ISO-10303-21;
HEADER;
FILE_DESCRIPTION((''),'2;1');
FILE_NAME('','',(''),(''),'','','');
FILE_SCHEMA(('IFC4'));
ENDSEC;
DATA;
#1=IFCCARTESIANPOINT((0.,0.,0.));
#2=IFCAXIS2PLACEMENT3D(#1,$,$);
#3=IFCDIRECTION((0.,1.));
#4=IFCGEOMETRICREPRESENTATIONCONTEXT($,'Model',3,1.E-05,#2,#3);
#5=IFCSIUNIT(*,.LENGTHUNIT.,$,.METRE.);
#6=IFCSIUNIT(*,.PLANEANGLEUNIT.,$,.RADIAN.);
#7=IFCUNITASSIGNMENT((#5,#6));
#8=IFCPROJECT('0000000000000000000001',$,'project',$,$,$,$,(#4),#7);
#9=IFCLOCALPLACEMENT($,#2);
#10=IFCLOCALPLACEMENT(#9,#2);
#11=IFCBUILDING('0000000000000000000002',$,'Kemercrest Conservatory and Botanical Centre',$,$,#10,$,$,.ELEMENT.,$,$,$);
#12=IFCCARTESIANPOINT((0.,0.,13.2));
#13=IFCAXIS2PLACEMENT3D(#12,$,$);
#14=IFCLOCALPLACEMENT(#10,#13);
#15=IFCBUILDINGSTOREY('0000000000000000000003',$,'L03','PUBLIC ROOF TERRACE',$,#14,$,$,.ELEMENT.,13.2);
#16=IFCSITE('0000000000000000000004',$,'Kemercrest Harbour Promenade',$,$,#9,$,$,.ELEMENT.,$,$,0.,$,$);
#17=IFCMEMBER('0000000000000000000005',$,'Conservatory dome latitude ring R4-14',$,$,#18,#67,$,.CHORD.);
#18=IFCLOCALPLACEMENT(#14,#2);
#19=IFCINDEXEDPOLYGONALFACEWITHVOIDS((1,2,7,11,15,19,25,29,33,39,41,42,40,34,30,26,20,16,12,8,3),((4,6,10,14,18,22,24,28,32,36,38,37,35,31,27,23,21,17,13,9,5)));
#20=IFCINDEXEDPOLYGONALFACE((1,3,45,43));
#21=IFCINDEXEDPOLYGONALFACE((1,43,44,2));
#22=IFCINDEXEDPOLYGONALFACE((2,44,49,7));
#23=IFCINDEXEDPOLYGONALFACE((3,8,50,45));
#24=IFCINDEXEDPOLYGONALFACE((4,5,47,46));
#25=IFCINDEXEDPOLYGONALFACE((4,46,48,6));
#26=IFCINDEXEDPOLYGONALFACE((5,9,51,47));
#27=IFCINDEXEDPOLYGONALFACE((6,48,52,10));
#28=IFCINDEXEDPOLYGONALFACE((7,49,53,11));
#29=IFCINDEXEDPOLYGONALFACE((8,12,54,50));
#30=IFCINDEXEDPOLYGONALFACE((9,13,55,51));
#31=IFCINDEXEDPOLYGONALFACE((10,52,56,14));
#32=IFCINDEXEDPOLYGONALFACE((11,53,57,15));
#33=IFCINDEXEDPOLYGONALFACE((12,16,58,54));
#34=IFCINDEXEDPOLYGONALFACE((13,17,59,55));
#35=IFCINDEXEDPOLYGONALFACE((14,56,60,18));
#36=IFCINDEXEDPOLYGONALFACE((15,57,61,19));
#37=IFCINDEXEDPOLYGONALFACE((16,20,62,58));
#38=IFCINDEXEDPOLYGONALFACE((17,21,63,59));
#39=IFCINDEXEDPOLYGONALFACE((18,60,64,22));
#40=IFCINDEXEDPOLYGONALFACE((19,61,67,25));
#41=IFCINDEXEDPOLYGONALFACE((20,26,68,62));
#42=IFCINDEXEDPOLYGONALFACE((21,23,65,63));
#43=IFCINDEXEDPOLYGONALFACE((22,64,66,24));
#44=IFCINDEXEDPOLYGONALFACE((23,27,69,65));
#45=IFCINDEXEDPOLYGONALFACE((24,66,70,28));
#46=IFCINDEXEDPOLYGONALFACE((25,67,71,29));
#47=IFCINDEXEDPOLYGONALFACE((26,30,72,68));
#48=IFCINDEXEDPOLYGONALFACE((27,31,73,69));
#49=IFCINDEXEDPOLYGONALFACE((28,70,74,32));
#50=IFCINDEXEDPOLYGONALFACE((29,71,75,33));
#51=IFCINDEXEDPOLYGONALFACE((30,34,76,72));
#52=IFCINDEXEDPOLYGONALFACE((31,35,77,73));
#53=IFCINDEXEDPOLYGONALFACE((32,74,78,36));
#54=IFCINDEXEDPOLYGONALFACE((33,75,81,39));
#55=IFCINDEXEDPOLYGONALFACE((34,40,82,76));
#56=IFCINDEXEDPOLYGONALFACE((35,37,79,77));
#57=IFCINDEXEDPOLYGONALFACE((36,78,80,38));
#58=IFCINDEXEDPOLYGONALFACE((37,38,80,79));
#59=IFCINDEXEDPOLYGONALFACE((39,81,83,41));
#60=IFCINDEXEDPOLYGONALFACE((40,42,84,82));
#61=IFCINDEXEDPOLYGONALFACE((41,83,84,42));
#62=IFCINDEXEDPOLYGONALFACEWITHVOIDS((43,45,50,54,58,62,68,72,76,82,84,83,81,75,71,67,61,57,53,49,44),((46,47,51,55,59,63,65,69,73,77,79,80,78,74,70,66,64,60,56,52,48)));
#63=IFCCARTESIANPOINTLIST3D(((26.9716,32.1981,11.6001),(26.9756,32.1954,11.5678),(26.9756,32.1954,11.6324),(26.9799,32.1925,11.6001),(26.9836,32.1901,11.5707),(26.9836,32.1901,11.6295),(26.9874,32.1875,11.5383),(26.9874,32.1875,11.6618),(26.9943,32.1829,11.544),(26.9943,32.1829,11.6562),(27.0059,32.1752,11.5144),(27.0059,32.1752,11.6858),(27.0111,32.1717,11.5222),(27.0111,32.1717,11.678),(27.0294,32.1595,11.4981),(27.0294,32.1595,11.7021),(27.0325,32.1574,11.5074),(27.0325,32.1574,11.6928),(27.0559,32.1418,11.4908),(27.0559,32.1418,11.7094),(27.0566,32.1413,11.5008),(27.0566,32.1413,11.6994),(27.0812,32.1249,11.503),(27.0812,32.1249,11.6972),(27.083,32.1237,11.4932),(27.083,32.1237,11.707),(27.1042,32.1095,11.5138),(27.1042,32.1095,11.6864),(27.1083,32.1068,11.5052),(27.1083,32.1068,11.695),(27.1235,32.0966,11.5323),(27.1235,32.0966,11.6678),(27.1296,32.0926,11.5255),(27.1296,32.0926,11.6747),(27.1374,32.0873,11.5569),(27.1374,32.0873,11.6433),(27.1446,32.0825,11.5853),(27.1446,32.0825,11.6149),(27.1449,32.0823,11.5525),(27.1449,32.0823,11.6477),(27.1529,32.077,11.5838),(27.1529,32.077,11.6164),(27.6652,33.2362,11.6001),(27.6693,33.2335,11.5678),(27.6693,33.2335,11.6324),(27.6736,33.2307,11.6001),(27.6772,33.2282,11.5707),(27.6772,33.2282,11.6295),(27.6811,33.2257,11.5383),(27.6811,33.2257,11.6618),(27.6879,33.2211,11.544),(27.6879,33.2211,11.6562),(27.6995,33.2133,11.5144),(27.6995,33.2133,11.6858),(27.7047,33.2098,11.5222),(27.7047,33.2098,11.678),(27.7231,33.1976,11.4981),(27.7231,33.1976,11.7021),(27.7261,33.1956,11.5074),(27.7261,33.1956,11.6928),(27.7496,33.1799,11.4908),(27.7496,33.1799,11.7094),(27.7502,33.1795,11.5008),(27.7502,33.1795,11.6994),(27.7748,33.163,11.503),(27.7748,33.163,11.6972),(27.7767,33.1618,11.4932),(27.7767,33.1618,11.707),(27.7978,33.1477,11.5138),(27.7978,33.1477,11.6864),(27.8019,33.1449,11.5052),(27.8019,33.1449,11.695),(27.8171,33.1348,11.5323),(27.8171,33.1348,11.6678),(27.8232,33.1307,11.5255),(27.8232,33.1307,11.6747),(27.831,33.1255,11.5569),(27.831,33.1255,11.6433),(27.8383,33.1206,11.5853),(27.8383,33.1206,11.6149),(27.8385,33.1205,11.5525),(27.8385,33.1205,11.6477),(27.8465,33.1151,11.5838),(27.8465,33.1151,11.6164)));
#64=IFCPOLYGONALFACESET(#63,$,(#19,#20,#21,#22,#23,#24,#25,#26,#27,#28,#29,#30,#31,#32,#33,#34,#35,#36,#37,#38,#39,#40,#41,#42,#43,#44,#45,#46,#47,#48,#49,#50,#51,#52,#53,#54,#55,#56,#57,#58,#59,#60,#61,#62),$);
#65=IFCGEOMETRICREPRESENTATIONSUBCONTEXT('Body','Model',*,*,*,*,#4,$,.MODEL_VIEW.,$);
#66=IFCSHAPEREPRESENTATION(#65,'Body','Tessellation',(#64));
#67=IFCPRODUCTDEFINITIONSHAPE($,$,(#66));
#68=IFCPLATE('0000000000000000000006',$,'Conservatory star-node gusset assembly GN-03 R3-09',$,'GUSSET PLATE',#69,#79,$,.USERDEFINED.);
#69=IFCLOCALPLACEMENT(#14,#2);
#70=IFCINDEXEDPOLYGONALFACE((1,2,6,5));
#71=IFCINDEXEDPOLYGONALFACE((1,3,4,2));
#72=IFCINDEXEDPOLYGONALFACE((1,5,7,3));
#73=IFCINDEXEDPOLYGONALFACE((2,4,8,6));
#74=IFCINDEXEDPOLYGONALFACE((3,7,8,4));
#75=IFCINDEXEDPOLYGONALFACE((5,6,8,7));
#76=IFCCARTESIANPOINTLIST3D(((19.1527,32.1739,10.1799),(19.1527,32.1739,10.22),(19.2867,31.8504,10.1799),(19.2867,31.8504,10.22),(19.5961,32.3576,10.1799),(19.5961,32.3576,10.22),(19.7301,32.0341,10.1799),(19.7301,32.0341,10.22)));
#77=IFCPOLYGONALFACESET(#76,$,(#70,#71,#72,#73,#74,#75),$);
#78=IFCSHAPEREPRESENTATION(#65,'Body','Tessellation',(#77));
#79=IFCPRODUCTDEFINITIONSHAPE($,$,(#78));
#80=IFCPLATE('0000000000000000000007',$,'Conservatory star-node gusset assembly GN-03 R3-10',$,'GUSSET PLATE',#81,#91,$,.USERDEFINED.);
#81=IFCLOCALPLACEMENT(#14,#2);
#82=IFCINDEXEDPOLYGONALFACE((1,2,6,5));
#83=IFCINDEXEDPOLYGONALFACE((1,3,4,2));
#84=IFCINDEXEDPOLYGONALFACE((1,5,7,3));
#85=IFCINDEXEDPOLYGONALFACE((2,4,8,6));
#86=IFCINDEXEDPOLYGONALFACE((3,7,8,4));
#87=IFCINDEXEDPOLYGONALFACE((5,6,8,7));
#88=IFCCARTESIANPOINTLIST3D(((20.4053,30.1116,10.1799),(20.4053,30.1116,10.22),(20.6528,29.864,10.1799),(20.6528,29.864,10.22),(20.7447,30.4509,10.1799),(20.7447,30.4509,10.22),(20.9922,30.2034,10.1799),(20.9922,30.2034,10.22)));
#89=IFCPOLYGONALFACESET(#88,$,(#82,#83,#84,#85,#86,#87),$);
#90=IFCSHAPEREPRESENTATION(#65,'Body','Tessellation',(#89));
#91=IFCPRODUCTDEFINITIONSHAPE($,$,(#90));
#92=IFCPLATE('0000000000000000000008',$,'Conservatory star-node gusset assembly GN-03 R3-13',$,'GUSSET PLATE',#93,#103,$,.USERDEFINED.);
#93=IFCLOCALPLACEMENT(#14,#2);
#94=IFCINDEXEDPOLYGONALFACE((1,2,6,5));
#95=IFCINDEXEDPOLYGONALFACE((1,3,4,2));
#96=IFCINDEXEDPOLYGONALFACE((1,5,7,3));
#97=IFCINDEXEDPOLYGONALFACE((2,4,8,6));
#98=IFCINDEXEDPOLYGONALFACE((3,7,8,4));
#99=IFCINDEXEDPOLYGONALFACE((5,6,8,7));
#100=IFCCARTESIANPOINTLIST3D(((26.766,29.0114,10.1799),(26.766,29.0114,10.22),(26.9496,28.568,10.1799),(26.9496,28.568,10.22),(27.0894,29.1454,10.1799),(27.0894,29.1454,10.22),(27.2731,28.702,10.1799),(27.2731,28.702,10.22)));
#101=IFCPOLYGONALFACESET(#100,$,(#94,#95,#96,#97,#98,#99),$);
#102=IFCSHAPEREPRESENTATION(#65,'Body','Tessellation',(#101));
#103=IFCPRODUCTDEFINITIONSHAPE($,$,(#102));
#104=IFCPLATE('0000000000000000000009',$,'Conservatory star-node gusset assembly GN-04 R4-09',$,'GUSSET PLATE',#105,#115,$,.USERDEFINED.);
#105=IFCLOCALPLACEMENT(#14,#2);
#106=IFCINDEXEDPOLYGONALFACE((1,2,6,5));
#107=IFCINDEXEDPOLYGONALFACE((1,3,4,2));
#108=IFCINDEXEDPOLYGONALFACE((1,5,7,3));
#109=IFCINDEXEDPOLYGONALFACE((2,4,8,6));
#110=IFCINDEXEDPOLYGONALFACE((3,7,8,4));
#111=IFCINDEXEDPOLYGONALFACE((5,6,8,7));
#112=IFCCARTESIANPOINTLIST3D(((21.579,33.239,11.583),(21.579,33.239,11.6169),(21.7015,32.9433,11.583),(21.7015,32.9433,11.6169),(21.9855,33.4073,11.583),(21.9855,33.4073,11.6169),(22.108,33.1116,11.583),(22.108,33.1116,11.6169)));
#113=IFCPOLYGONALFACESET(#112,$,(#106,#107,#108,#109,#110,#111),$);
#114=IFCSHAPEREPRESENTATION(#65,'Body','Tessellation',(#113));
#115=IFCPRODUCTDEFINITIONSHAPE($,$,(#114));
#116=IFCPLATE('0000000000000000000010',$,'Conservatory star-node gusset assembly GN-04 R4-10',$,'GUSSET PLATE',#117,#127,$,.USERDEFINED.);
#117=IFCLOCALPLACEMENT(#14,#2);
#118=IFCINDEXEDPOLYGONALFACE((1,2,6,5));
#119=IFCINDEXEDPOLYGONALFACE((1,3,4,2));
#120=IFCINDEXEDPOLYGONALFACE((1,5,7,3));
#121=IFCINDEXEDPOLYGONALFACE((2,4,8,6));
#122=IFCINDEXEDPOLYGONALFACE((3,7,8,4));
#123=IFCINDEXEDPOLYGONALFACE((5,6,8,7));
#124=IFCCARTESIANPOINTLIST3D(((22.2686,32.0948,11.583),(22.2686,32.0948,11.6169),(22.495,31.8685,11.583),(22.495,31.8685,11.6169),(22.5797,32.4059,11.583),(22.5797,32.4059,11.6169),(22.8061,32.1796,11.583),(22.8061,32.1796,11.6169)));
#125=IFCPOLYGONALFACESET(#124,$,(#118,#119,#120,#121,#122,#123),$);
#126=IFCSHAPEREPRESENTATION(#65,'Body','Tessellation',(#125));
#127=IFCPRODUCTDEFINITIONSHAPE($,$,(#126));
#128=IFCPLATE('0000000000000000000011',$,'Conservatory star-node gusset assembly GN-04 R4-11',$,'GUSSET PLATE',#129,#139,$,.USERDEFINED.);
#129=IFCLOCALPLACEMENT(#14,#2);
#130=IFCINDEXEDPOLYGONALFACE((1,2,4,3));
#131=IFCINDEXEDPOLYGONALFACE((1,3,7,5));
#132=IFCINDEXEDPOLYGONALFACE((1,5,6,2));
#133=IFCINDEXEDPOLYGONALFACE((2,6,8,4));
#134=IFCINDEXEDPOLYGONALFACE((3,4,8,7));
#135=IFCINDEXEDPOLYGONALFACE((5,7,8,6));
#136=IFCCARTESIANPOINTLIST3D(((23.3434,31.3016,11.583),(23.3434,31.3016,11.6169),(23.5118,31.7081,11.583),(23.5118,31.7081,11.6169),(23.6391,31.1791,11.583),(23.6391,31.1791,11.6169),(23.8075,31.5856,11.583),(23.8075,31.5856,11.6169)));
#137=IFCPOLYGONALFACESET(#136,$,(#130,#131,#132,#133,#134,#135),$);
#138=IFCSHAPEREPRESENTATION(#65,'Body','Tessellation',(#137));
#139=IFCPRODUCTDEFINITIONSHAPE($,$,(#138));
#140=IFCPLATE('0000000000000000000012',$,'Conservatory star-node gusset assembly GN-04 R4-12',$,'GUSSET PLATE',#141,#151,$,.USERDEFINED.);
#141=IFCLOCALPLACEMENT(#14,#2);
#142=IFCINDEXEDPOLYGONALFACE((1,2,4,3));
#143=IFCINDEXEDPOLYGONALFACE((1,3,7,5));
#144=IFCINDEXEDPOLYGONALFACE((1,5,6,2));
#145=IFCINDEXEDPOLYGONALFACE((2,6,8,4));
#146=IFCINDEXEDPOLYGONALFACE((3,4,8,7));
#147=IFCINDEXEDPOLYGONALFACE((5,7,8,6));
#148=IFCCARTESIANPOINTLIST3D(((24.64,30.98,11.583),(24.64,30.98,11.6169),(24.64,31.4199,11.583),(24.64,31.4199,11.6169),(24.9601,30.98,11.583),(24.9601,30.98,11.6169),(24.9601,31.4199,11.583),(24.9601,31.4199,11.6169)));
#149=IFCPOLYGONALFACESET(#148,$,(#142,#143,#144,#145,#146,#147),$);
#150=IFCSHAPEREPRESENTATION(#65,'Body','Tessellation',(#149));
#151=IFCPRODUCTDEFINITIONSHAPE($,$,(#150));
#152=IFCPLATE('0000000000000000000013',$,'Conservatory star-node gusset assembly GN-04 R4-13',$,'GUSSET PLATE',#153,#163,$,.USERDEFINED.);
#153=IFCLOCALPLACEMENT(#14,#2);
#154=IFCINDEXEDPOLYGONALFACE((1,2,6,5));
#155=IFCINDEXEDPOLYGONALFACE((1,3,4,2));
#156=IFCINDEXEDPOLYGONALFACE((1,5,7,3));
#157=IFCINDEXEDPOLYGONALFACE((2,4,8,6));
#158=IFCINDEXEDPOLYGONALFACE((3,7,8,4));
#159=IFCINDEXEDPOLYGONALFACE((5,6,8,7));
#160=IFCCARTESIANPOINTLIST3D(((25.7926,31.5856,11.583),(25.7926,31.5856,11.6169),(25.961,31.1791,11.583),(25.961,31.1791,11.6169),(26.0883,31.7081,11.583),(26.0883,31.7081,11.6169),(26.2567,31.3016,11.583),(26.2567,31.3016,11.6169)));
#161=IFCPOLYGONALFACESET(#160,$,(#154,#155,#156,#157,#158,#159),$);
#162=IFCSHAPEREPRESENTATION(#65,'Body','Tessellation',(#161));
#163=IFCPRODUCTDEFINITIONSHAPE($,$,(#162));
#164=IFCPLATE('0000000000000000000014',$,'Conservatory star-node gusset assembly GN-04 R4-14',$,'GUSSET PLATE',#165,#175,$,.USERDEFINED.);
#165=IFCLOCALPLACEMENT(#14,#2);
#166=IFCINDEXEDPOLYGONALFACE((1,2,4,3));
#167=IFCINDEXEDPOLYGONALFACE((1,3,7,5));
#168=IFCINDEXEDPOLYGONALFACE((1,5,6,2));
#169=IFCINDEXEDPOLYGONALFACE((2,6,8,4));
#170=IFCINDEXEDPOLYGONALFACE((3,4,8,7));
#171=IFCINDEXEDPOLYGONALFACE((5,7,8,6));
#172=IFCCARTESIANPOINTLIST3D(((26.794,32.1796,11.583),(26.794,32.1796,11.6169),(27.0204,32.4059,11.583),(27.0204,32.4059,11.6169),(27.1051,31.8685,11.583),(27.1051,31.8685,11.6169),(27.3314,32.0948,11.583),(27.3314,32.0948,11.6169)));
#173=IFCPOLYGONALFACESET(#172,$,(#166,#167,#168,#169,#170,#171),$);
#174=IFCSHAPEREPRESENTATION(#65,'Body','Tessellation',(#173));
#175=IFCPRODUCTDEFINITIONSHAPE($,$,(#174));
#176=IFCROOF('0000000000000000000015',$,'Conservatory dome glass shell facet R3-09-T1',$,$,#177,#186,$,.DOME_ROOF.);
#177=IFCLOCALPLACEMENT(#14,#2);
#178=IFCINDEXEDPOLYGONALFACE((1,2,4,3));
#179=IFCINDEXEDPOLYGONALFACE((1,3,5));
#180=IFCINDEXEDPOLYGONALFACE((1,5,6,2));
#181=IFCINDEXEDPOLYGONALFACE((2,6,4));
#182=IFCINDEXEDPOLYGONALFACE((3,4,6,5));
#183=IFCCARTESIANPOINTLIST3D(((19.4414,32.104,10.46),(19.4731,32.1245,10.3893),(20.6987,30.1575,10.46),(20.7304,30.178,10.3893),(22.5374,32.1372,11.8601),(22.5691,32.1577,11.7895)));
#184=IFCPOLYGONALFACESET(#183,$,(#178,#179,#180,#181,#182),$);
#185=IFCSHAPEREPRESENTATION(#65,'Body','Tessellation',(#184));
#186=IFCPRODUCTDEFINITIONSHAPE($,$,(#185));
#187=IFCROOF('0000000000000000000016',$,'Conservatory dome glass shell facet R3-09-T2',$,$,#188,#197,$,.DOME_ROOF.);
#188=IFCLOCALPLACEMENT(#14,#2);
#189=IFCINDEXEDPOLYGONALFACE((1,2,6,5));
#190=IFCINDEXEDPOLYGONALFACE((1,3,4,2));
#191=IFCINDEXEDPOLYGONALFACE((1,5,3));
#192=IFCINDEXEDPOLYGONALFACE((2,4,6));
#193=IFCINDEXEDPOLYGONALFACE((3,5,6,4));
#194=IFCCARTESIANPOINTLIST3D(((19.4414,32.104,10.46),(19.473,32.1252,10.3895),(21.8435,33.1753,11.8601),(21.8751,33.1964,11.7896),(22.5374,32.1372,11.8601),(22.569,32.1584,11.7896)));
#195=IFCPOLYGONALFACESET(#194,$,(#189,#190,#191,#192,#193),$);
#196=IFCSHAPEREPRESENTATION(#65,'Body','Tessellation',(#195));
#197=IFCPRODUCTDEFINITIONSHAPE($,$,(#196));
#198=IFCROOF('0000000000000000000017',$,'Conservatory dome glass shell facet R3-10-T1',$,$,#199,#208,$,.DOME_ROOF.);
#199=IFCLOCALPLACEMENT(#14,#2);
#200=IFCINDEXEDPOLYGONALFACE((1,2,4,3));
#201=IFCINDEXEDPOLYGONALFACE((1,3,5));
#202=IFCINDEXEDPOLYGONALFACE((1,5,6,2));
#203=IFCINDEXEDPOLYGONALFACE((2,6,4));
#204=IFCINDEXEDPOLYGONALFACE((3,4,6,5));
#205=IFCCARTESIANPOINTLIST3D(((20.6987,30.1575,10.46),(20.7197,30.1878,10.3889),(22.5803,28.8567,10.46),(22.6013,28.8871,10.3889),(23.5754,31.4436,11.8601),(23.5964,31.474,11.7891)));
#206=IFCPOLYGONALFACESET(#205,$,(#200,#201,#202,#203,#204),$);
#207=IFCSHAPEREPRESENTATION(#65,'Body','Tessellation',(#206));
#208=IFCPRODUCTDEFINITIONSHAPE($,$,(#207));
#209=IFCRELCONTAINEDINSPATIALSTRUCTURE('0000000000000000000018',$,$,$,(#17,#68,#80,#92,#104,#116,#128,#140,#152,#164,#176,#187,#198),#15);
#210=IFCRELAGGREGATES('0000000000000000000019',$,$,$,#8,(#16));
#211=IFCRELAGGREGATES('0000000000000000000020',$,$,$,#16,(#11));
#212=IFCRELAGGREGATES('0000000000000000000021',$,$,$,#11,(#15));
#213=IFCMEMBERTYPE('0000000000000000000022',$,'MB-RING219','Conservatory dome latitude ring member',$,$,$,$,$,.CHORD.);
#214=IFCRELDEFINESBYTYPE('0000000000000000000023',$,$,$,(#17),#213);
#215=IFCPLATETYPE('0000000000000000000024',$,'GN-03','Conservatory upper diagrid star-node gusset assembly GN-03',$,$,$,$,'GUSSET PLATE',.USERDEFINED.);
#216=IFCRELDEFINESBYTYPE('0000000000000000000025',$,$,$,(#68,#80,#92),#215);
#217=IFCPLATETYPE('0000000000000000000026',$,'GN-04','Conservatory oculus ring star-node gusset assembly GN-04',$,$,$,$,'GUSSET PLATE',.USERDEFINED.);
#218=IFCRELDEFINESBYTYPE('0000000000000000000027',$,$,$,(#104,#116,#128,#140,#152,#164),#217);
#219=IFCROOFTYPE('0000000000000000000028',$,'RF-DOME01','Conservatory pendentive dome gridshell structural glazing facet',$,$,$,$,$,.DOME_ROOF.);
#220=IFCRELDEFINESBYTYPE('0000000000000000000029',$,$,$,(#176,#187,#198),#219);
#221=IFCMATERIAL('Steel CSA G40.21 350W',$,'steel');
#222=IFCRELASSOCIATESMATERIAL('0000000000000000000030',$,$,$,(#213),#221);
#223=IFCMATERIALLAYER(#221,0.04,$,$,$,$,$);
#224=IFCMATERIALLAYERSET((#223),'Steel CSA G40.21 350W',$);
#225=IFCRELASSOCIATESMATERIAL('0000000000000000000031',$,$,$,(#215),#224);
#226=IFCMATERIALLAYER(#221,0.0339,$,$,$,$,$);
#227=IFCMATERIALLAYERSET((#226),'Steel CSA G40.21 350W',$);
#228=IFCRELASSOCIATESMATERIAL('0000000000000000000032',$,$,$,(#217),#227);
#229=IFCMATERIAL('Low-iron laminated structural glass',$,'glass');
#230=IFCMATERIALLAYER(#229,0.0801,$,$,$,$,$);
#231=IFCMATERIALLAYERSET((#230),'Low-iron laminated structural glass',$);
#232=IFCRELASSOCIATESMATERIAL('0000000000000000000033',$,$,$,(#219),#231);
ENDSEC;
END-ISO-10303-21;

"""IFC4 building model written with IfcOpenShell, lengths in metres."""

from ifc_helpers import new_model, si_unit, direction, frame, origin, origin_2d, place, context, subcontext, project, spatial, polyline, rectangle, hollow_circle, outline, extrude, material, layer, layer_set, material_profile, profile_set, type_object, element, save


model = new_model("IFC4")

# Units and contexts
model_context = context("Model", 3, precision=1e-05, world=origin(), true_north=direction((0.0, 1.0)))
body_context = subcontext(model_context, "Body", "Model", "MODEL_VIEW")
ifc_project = project(units=[si_unit("LENGTHUNIT", "METRE"), si_unit("PLANEANGLEUNIT", "RADIAN")], contexts=[model_context])

# Site, building, storey
site_placement = place(None, origin())
site = spatial("IfcSite", under=ifc_project, at=site_placement, Name="Kemercrest Harbour Promenade", CompositionType="ELEMENT", RefElevation=0.0)
building_placement = place(site_placement, origin())
building = spatial("IfcBuilding", under=site, at=building_placement, Name="Kemercrest Conservatory and Botanical Centre", CompositionType="ELEMENT")
storey_placement = place(building_placement, frame((0.0, 0.0, 13.2)))
storey = spatial("IfcBuildingStorey", under=building, at=storey_placement, Name="L03", Description="PUBLIC ROOF TERRACE", CompositionType="ELEMENT", Elevation=13.2)

# Shared definitions
ifc_material_1 = material(Name="Steel CSA G40.21 350W", Category="steel")

# Member
ifc_material_profile_1 = material_profile(ifc_material_1, hollow_circle(Radius=0.1096, WallThickness=0.01, at=origin_2d()), Name="CHS 219.1x10.0")
ifc_profile_set_1 = profile_set([ifc_material_profile_1], Name="Steel CSA G40.21 350W")
member_type_1 = type_object("IfcMemberType", Name="MB-RING219", Description="Conservatory dome latitude ring member", PredefinedType="CHORD", material=ifc_profile_set_1)
for number, where, z_axis, x_axis, name in (
    (1, (27.0627, 32.1372, 11.6001), (0.555557, 0.831478, 0.0), (-0.831478, 0.555557, 0.0), "Conservatory dome latitude ring R4-14"),
):
    element("IfcMember", number, at=place(storey_placement, frame(where, z_axis=z_axis, x_axis=x_axis)), inside=storey, type_object=member_type_1, Name=name, PredefinedType="CHORD", context=body_context, shape_type="SweptSolid", body=[
        extrude(hollow_circle(Radius=0.1096, WallThickness=0.01, at=origin_2d()), origin(), (0.0, 0.0, 1.0), 1.2485),
    ])

# Plates
ifc_layer_1 = layer(ifc_material_1, 0.04)
ifc_layer_set_1 = layer_set([ifc_layer_1], Name="Steel CSA G40.21 350W")
plate_type_1 = type_object("IfcPlateType", Name="GN-03", Description="Conservatory upper diagrid star-node gusset assembly GN-03", ElementType="GUSSET PLATE", PredefinedType="USERDEFINED", material=ifc_layer_set_1)
for number, where, z_axis, x_axis, name in (
    (2, (19.4414, 32.104, 10.1799), (0.0, 0.0, 1.0), (0.92388, 0.382683, 0.0), "Conservatory star-node gusset assembly GN-03 R3-09"),
    (3, (20.6987, 30.1575, 10.1799), (0.0, 0.0, 1.0), (0.707107, 0.707107, 0.0), "Conservatory star-node gusset assembly GN-03 R3-10"),
    (4, (27.0195, 28.8567, 10.1799), (0.0, 0.0, 1.0), (-0.382683, 0.92388, 0.0), "Conservatory star-node gusset assembly GN-03 R3-13"),
):
    element("IfcPlate", number, at=place(storey_placement, frame(where, z_axis=z_axis, x_axis=x_axis)), inside=storey, type_object=plate_type_1, Name=name, ObjectType="GUSSET PLATE", PredefinedType="USERDEFINED", context=body_context, shape_type="SweptSolid", body=[
        extrude(rectangle(XDim=0.48, YDim=0.3501, at=origin_2d()), origin(), (0.0, 0.0, 1.0), 0.04),
    ])
ifc_layer_2 = layer(ifc_material_1, 0.0339)
ifc_layer_set_2 = layer_set([ifc_layer_2], Name="Steel CSA G40.21 350W")
plate_type_2 = type_object("IfcPlateType", Name="GN-04", Description="Conservatory oculus ring star-node gusset assembly GN-04", ElementType="GUSSET PLATE", PredefinedType="USERDEFINED", material=ifc_layer_set_2)
for number, where, z_axis, x_axis, name in (
    (5, (21.8435, 33.1753, 11.583), (0.0, 0.0, 1.0), (0.92388, 0.382683, 0.0), "Conservatory star-node gusset assembly GN-04 R4-09"),
    (6, (22.5374, 32.1372, 11.583), (0.0, 0.0, 1.0), (0.707107, 0.707107, 0.0), "Conservatory star-node gusset assembly GN-04 R4-10"),
    (7, (23.5754, 31.4436, 11.583), (0.0, 0.0, 1.0), (0.382683, 0.92388, 0.0), "Conservatory star-node gusset assembly GN-04 R4-11"),
    (8, (24.8, 31.2, 11.583), (0.0, 0.0, 1.0), (0.0, 1.0, 0.0), "Conservatory star-node gusset assembly GN-04 R4-12"),
    (9, (26.0247, 31.4436, 11.583), (0.0, 0.0, 1.0), (-0.382683, 0.92388, 0.0), "Conservatory star-node gusset assembly GN-04 R4-13"),
    (10, (27.0627, 32.1372, 11.583), (0.0, 0.0, 1.0), (-0.707107, 0.707107, 0.0), "Conservatory star-node gusset assembly GN-04 R4-14"),
):
    element("IfcPlate", number, at=place(storey_placement, frame(where, z_axis=z_axis, x_axis=x_axis)), inside=storey, type_object=plate_type_2, Name=name, ObjectType="GUSSET PLATE", PredefinedType="USERDEFINED", context=body_context, shape_type="SweptSolid", body=[
        extrude(rectangle(XDim=0.4399, YDim=0.3201, at=origin_2d()), origin(), (0.0, 0.0, 1.0), 0.0339),
    ])

# Roofs
ifc_material_2 = material(Name="Low-iron laminated structural glass", Category="glass")
ifc_layer_3 = layer(ifc_material_2, 0.0801)
ifc_layer_set_3 = layer_set([ifc_layer_3], Name="Low-iron laminated structural glass")
roof_type = type_object("IfcRoofType", Name="RF-DOME01", Description="Conservatory pendentive dome gridshell structural glazing facet", PredefinedType="DOME_ROOF", material=ifc_layer_set_3)
roof_1_placement = place(storey_placement, frame((19.4414, 32.104, 10.46), z_axis=(-0.396077, -0.255838, 0.881856), x_axis=(0.542583, -0.840002, 0.0)))
element("IfcRoof", 11, at=roof_1_placement, inside=storey, type_object=roof_type, Name="Conservatory dome glass shell facet R3-09-T1", PredefinedType="DOME_ROOF", context=body_context, shape_type="SweptSolid", body=[
    extrude(outline(polyline([(0.0, 0.0), (2.3173, 0.0), (1.6519, 2.9694), (0.0, 0.0)])), origin(), (0.0, 0.0, -1.0), 0.0801),
])
roof_2_placement = place(storey_placement, frame((19.4414, 32.104, 10.46), z_axis=(-0.39509, -0.264075, 0.879869), x_axis=(0.911109, 0.009771, 0.41205)))
element("IfcRoof", 12, at=roof_2_placement, inside=storey, type_object=roof_type, Name="Conservatory dome glass shell facet R3-09-T2", PredefinedType="DOME_ROOF", context=body_context, shape_type="SweptSolid", body=[
    extrude(outline(polyline([(0.0, 0.0), (3.398, 0.0), (2.776, 1.0826), (0.0, 0.0)])), origin(), (0.0, 0.0, -1.0), 0.0801),
])
roof_3_placement = place(storey_placement, frame((20.6987, 30.1575, 10.46), z_axis=(-0.26226, -0.379361, 0.887302), x_axis=(0.822572, -0.56866, 0.0)))
element("IfcRoof", 13, at=roof_3_placement, inside=storey, type_object=roof_type, Name="Conservatory dome glass shell facet R3-10-T1", PredefinedType="DOME_ROOF", context=body_context, shape_type="SweptSolid", body=[
    extrude(outline(polyline([(0.0, 0.0), (2.2874, 0.0), (1.6349, 3.036), (0.0, 0.0)])), origin(), (0.0, 0.0, -1.0), 0.0801),
])

save(model, "model.ifc")
